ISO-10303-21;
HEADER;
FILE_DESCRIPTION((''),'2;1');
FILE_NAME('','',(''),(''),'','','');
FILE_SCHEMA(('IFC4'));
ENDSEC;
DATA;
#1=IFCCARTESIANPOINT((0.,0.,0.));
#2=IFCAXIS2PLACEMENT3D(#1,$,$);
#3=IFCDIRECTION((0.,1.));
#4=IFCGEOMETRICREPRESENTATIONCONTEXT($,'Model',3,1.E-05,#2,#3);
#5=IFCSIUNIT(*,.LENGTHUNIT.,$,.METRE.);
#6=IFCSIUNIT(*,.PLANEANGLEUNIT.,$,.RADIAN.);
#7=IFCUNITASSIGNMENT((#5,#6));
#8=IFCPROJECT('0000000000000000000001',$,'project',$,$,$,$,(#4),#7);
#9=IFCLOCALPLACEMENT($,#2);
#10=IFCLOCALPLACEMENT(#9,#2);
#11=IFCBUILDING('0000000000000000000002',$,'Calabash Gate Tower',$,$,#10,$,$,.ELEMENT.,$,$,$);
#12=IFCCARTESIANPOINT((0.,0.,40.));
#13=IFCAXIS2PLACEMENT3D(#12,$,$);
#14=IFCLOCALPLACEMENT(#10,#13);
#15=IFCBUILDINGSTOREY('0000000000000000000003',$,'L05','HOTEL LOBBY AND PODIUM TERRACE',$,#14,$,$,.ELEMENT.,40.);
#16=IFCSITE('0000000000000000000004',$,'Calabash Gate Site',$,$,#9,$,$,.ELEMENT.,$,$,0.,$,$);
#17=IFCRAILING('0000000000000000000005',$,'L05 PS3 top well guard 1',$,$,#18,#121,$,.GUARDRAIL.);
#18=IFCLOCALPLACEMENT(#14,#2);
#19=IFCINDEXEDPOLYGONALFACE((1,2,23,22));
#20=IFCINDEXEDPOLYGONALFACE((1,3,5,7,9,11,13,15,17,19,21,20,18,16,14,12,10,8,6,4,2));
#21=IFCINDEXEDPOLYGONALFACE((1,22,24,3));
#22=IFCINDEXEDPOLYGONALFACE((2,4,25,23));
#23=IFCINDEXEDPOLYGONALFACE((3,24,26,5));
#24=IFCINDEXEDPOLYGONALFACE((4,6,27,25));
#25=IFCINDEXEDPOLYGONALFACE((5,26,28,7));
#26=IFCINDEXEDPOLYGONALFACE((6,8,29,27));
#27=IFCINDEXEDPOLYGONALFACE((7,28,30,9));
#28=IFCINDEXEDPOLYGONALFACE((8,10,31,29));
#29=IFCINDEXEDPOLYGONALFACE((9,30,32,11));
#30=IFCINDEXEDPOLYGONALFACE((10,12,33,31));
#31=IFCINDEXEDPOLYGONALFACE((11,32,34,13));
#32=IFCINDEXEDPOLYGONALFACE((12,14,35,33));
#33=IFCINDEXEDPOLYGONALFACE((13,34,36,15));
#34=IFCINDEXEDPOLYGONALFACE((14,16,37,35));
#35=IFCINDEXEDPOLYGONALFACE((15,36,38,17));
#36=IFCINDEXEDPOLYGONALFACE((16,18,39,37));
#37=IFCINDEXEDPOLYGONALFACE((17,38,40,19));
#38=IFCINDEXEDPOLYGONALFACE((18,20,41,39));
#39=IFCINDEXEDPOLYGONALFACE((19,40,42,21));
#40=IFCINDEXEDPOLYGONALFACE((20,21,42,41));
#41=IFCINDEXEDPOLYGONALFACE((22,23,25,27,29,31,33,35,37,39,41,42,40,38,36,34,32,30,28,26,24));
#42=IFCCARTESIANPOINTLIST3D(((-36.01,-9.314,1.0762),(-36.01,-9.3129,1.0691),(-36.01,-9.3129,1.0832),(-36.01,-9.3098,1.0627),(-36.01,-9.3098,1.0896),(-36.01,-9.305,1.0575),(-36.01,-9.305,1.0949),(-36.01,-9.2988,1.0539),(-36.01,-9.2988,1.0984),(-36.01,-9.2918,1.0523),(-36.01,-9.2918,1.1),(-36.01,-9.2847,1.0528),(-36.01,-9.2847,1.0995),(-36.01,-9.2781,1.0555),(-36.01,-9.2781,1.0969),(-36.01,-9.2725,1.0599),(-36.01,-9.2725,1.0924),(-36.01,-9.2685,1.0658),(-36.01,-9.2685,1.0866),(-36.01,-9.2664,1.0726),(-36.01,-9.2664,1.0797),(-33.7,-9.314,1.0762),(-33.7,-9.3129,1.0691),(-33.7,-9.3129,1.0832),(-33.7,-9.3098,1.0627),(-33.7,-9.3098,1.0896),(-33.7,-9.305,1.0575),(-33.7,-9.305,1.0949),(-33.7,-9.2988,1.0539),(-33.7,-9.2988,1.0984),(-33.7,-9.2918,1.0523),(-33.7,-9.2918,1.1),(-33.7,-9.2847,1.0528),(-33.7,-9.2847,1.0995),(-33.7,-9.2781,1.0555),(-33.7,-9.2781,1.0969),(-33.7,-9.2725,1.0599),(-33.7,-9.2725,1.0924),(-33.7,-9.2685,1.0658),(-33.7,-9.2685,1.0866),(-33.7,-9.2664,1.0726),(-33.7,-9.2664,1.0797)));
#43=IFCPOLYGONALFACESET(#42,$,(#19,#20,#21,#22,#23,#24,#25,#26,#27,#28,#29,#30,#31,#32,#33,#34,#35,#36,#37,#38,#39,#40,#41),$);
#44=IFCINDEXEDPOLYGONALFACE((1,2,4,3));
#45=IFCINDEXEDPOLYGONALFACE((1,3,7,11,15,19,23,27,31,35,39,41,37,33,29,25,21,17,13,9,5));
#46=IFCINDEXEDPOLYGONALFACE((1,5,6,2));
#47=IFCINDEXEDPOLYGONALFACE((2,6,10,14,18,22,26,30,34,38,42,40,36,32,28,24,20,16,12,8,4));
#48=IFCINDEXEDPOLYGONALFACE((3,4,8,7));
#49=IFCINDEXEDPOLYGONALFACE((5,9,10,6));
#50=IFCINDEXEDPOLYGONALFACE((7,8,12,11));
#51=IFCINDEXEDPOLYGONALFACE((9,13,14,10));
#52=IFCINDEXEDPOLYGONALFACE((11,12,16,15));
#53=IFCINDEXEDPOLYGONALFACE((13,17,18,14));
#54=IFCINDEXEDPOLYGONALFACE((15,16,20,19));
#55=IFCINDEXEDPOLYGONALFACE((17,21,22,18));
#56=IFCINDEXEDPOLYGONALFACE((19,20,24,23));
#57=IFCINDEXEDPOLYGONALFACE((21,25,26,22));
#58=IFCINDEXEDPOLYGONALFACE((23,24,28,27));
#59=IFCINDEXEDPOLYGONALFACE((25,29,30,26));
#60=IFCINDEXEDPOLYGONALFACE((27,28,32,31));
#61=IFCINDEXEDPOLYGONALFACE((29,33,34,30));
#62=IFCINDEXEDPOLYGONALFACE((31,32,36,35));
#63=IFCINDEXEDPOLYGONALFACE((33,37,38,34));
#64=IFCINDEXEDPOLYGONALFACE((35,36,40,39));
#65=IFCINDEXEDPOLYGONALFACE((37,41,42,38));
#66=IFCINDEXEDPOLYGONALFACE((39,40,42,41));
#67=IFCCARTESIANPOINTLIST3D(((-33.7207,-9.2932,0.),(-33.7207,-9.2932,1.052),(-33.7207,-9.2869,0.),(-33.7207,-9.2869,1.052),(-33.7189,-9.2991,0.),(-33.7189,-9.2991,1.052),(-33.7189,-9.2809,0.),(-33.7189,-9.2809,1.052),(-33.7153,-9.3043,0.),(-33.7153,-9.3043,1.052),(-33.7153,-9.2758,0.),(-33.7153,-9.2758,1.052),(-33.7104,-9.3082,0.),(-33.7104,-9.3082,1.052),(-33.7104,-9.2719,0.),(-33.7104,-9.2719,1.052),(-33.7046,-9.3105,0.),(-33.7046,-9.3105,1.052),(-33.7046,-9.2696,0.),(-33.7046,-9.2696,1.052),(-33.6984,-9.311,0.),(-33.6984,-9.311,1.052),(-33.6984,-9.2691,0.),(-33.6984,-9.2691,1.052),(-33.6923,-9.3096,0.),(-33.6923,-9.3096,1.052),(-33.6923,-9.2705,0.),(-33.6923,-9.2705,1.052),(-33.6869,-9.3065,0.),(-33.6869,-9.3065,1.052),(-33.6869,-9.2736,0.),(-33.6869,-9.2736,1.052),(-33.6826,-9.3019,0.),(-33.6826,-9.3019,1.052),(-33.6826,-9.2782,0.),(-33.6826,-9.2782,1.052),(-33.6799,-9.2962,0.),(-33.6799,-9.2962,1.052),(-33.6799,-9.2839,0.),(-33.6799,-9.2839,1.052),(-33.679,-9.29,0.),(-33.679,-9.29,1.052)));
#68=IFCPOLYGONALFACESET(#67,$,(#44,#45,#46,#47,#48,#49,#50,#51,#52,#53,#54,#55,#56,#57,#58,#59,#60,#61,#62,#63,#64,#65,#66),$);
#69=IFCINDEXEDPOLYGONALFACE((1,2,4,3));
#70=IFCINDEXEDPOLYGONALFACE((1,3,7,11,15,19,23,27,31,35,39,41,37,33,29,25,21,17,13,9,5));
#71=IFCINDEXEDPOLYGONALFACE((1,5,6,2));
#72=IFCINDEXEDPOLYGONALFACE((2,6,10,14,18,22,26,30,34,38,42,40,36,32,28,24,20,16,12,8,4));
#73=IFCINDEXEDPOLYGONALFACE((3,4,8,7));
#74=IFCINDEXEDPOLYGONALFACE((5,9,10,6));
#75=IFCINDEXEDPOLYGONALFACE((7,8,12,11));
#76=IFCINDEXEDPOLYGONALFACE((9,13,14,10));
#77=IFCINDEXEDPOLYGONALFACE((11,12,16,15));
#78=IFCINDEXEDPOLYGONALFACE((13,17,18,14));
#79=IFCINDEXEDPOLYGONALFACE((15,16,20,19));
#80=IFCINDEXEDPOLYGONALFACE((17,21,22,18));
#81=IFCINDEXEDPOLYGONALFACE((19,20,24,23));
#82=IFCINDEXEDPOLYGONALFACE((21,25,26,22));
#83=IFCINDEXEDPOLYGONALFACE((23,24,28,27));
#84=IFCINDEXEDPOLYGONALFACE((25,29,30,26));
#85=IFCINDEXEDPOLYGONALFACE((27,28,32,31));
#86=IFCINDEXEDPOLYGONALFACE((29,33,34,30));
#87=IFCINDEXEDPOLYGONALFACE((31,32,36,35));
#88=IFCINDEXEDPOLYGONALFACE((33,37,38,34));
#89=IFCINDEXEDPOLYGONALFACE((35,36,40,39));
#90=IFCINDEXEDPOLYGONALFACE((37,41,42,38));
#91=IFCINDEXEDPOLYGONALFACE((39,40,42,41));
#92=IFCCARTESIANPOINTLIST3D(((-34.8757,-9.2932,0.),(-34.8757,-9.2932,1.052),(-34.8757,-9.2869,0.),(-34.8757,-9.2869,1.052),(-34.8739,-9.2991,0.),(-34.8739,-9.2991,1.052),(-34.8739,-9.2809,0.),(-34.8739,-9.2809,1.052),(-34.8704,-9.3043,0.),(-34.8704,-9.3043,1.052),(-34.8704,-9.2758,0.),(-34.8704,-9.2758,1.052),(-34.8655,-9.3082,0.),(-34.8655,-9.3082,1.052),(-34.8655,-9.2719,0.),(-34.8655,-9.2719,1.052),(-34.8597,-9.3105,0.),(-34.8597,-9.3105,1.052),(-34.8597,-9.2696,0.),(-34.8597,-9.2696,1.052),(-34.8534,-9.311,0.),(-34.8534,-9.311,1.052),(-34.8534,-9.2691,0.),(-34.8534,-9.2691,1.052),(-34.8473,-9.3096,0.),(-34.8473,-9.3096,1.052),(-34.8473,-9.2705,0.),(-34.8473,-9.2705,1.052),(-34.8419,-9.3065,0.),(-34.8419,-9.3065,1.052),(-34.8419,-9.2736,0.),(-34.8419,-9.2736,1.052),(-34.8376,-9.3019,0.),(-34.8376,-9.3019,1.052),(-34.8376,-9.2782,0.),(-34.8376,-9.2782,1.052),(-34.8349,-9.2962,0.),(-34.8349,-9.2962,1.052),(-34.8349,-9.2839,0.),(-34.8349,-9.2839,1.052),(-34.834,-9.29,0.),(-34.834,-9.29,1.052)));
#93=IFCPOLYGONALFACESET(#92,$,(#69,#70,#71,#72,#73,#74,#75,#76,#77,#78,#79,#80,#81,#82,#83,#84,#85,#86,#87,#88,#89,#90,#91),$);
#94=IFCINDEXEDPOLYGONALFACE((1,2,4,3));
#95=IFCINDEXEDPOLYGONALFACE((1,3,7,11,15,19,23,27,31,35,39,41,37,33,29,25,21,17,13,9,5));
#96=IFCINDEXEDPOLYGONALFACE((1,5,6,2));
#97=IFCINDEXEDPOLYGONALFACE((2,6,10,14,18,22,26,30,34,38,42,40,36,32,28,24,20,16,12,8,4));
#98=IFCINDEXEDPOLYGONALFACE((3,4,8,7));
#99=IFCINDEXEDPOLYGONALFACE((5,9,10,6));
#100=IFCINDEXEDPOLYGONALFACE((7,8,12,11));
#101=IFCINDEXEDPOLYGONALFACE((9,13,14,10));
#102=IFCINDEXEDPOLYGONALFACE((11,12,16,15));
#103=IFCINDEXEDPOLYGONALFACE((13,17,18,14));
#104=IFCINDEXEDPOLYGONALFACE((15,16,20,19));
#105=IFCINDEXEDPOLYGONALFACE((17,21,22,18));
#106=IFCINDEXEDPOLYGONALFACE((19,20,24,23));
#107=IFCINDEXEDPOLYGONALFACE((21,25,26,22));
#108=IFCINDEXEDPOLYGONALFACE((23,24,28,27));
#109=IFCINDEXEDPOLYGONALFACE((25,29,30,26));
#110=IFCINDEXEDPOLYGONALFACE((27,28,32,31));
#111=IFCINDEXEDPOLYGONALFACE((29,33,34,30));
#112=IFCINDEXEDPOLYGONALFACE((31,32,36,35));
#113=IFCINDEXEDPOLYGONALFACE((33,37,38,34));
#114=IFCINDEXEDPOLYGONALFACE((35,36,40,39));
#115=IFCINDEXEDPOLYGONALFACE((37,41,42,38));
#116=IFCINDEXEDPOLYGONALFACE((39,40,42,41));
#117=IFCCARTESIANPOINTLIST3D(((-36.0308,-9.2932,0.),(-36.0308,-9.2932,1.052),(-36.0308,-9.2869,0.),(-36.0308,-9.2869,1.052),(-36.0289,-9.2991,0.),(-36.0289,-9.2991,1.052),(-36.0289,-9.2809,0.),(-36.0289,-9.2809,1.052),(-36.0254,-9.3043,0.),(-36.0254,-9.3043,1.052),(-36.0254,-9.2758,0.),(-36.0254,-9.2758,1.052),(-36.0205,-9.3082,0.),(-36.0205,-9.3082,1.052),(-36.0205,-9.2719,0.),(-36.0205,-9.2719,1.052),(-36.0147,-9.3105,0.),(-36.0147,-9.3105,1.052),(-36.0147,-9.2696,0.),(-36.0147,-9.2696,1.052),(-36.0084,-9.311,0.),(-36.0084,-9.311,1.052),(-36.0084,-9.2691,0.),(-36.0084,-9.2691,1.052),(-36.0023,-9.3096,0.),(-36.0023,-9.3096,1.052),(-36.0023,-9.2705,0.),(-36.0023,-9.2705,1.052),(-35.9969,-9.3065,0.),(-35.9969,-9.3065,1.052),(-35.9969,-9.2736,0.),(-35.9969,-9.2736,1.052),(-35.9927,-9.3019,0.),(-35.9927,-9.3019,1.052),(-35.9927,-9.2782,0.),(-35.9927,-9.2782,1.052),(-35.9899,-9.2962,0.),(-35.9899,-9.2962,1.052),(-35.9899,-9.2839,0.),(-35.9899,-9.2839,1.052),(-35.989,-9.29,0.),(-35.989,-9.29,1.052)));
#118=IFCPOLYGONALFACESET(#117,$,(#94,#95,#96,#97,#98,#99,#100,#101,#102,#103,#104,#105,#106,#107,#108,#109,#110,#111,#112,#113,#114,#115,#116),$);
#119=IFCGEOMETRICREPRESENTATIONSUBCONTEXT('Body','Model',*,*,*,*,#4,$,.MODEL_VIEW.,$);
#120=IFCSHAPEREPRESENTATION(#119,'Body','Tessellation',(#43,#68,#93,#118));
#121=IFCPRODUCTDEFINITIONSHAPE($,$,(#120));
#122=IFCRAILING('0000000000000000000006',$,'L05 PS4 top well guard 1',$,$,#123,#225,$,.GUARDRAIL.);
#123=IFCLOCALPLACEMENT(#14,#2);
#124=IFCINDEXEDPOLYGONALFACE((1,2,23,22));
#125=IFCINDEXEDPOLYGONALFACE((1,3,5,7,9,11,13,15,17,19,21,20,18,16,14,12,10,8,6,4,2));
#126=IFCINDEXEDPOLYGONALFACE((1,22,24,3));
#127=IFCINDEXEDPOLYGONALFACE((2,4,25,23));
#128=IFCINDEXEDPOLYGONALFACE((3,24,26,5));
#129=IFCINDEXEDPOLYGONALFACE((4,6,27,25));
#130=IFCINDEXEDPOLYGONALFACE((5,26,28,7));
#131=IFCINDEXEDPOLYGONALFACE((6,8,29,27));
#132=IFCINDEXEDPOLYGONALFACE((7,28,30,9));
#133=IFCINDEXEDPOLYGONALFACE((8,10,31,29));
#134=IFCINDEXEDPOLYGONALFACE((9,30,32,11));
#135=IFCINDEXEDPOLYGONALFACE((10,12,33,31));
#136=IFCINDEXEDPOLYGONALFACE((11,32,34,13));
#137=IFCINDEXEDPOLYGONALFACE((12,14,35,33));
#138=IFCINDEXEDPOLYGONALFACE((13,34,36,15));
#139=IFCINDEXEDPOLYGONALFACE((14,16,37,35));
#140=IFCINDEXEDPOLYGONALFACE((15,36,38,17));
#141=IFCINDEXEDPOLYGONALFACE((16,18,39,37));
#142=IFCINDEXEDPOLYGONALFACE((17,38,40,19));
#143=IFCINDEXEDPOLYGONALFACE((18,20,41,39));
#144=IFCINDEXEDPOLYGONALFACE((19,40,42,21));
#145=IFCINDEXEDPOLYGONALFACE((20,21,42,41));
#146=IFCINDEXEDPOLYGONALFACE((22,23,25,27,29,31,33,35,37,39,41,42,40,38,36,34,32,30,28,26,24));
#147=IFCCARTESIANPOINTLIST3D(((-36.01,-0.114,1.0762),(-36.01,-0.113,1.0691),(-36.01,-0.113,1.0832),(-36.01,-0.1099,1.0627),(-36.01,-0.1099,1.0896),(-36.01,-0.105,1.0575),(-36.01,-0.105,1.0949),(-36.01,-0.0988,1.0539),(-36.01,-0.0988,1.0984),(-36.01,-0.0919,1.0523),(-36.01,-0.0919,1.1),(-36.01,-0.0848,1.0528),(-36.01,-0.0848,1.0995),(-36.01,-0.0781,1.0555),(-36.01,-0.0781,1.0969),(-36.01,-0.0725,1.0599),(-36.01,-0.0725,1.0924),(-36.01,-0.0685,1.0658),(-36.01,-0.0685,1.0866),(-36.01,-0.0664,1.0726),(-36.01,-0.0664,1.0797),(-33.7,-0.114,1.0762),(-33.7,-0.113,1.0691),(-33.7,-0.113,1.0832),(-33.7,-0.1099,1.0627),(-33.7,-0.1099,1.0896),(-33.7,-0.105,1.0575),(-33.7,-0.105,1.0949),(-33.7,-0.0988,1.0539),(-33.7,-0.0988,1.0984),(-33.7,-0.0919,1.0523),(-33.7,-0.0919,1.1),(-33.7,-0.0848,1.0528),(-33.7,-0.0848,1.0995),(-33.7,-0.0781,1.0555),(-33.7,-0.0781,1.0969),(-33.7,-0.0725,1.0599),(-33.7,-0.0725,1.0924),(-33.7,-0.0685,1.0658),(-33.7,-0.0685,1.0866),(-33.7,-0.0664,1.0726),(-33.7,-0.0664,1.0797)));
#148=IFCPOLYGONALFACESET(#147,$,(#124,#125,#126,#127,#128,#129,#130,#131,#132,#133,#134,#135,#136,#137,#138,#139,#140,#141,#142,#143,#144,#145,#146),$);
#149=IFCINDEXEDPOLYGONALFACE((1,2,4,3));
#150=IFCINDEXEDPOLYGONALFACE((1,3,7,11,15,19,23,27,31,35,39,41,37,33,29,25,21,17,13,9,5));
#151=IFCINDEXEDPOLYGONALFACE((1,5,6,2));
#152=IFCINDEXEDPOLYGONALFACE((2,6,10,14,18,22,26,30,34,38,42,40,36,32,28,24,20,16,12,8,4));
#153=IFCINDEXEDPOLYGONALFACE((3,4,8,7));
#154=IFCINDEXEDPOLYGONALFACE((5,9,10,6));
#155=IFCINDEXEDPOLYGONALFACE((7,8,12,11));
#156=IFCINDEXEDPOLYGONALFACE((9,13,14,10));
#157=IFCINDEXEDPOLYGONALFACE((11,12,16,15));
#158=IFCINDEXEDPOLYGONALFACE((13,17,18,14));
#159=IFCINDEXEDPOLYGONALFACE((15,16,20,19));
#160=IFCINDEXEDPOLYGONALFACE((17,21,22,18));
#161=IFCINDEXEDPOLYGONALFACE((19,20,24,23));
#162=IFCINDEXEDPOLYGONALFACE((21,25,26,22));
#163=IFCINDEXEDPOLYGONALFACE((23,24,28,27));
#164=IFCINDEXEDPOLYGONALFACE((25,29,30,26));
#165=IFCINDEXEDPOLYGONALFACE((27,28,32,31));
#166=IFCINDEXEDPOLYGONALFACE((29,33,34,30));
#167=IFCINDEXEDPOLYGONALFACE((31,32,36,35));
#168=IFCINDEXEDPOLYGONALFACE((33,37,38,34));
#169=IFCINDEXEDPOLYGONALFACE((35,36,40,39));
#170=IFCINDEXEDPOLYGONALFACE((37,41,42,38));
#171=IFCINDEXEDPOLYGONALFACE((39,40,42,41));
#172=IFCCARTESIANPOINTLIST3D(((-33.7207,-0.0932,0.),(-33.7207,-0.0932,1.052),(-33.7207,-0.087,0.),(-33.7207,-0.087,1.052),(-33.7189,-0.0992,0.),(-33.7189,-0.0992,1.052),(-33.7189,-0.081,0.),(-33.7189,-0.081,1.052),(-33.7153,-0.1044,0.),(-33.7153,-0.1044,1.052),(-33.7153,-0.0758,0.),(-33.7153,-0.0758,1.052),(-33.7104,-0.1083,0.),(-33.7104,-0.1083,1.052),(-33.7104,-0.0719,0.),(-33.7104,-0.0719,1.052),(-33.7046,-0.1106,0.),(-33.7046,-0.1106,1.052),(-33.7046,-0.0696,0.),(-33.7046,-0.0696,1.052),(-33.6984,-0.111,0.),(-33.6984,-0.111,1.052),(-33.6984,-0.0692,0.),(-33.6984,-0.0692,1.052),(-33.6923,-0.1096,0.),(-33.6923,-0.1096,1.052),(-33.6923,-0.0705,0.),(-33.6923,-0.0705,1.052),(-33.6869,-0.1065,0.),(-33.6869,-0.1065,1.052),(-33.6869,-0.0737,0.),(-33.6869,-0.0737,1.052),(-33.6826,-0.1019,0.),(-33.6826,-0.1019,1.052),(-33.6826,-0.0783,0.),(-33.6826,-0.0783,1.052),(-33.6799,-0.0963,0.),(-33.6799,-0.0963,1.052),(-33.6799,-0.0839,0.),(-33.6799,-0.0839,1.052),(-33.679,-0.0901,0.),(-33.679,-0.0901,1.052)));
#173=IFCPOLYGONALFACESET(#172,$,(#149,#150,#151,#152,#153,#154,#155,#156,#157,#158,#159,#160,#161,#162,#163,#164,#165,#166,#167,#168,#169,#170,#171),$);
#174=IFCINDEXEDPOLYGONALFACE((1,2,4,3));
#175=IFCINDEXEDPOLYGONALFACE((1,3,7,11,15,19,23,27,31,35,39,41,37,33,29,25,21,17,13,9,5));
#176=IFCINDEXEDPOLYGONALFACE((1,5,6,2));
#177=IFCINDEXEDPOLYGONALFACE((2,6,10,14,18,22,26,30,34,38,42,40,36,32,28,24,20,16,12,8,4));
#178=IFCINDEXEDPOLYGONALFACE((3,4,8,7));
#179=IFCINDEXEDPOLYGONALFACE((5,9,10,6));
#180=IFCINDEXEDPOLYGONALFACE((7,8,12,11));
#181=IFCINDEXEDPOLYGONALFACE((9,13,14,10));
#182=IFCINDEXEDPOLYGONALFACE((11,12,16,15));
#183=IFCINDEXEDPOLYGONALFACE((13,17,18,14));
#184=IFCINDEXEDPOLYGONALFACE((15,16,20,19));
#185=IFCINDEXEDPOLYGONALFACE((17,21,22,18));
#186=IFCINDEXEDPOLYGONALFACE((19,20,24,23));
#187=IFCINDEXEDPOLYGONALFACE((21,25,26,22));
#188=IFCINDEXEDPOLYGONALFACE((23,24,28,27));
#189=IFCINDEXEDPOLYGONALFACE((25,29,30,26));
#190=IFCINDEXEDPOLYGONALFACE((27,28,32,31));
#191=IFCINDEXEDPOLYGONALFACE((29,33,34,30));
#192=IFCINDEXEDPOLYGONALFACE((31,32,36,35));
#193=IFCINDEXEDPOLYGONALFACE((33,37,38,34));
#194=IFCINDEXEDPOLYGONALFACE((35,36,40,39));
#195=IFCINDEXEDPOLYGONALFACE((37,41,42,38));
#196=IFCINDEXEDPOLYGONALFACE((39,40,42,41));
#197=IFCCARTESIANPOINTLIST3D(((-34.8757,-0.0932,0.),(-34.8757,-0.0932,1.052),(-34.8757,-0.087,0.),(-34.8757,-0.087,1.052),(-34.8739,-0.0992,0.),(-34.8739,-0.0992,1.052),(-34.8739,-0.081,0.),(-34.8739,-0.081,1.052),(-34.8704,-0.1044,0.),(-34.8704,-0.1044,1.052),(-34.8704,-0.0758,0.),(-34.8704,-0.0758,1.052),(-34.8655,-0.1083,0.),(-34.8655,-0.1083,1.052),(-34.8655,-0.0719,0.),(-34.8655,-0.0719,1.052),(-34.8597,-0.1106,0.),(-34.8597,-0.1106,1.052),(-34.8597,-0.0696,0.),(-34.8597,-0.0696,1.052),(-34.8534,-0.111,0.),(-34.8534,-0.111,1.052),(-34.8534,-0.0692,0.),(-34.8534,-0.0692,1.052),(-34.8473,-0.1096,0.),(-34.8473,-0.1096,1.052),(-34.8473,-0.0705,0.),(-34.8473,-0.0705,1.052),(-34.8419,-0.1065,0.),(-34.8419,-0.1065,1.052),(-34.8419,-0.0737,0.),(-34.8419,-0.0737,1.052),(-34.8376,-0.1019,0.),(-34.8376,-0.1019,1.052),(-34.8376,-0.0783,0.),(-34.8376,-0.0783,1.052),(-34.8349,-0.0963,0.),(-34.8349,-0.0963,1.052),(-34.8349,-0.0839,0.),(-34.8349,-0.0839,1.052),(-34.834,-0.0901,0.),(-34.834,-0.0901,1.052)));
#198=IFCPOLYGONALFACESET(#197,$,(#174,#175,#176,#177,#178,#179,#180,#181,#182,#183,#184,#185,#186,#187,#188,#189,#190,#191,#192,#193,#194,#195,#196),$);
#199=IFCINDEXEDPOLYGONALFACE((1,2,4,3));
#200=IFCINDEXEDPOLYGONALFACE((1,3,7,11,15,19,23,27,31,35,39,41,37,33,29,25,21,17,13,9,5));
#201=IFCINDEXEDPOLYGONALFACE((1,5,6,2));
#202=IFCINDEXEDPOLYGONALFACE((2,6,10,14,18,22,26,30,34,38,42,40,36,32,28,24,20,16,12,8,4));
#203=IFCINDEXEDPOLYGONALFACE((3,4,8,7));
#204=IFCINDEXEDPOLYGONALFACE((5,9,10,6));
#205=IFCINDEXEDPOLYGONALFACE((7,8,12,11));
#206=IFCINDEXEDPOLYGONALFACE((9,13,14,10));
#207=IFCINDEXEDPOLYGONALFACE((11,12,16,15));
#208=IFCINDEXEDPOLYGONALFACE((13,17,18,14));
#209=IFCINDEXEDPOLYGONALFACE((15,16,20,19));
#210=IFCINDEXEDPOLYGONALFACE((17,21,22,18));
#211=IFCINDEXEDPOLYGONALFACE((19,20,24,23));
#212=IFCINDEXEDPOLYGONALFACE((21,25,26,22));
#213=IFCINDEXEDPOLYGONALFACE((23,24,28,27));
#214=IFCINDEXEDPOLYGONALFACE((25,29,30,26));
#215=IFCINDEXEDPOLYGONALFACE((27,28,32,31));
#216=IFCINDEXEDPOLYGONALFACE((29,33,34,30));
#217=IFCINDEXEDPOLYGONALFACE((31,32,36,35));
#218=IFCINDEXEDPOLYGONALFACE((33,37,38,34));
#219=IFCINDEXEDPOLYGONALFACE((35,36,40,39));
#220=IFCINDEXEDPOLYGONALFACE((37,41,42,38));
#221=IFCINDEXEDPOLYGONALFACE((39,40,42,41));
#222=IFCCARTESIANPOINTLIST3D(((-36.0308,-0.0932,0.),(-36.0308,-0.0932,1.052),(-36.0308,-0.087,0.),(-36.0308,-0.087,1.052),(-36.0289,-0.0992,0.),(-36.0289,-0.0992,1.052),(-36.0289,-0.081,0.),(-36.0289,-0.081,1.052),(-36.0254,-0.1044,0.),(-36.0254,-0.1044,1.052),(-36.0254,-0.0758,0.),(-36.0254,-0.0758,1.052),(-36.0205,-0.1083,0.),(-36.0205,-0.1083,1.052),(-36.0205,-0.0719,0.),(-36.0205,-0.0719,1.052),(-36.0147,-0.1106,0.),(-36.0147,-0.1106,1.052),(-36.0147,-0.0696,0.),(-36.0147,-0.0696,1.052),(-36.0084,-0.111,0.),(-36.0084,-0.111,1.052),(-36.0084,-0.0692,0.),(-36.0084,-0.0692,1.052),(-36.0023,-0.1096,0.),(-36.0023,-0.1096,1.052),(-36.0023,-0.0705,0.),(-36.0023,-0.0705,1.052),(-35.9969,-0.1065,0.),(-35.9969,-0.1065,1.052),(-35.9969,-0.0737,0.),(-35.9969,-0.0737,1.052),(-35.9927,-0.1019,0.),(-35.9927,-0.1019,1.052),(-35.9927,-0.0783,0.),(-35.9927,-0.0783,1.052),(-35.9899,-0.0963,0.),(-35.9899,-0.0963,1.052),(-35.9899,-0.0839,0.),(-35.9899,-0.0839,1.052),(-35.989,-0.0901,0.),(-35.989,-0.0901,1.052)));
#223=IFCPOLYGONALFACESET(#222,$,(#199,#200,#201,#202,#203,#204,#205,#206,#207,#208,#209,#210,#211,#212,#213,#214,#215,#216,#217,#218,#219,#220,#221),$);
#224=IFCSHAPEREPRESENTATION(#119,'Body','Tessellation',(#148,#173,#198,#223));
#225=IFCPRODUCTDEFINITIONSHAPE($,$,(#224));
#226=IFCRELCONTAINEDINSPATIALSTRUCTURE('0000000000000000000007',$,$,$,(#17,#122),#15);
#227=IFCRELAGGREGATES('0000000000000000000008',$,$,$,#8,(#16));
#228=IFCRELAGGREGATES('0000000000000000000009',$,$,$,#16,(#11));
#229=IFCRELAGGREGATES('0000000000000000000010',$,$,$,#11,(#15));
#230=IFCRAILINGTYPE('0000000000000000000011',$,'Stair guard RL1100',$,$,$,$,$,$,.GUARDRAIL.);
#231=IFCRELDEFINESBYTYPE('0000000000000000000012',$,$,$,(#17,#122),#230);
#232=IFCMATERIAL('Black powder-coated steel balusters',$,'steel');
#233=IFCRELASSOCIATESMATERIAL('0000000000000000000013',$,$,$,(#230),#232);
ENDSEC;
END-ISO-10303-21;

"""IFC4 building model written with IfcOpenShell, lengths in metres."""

from ifc_helpers import new_model, si_unit, direction, frame, origin, origin_2d, place, context, subcontext, project, spatial, circle, extrude, material, type_object, element, save


model = new_model("IFC4")

# Units and contexts
model_context = context("Model", 3, precision=1e-05, world=origin(), true_north=direction((0.0, 1.0)))
body_context = subcontext(model_context, "Body", "Model", "MODEL_VIEW")
ifc_project = project(units=[si_unit("LENGTHUNIT", "METRE"), si_unit("PLANEANGLEUNIT", "RADIAN")], contexts=[model_context])

# Site, building, storey
site_placement = place(None, origin())
site = spatial("IfcSite", under=ifc_project, at=site_placement, Name="Calabash Gate Site", CompositionType="ELEMENT", RefElevation=0.0)
building_placement = place(site_placement, origin())
building = spatial("IfcBuilding", under=site, at=building_placement, Name="Calabash Gate Tower", CompositionType="ELEMENT")
storey_placement = place(building_placement, frame((0.0, 0.0, 40.0)))
storey = spatial("IfcBuildingStorey", under=building, at=storey_placement, Name="L05", Description="HOTEL LOBBY AND PODIUM TERRACE", CompositionType="ELEMENT", Elevation=40.0)

# Railings
ifc_material_1 = material(Name="Black powder-coated steel balusters", Category="steel")
railing_type = type_object("IfcRailingType", Name="Stair guard RL1100", PredefinedType="GUARDRAIL", material=ifc_material_1)
for number, where, name in (
    (1, (-33.7, -9.29, 0.0), "L05 PS3 top well guard 1"),
    (2, (-33.7, -0.0901, 0.0), "L05 PS4 top well guard 1"),
):
    element("IfcRailing", number, at=place(storey_placement, frame(where)), inside=storey, type_object=railing_type, Name=name, PredefinedType="GUARDRAIL", context=body_context, shape_type="SweptSolid", body=[
        extrude(circle(Radius=0.0239, at=origin_2d()), frame((0.0, 0.0, 1.0762), z_axis=(-1.0, 0.0, 0.0), x_axis=(0.0, -1.0, 0.0)), (0.0, 0.0, 1.0), 2.3101),
        extrude(circle(Radius=0.021, at=origin_2d()), origin(), (0.0, 0.0, 1.0), 1.052),
        extrude(circle(Radius=0.021, at=origin_2d()), frame((-1.155, 0.0, 0.0)), (0.0, 0.0, 1.0), 1.052),
        extrude(circle(Radius=0.021, at=origin_2d()), frame((-2.3101, 0.0, 0.0)), (0.0, 0.0, 1.0), 1.052),
    ])

save(model, "model.ifc")
